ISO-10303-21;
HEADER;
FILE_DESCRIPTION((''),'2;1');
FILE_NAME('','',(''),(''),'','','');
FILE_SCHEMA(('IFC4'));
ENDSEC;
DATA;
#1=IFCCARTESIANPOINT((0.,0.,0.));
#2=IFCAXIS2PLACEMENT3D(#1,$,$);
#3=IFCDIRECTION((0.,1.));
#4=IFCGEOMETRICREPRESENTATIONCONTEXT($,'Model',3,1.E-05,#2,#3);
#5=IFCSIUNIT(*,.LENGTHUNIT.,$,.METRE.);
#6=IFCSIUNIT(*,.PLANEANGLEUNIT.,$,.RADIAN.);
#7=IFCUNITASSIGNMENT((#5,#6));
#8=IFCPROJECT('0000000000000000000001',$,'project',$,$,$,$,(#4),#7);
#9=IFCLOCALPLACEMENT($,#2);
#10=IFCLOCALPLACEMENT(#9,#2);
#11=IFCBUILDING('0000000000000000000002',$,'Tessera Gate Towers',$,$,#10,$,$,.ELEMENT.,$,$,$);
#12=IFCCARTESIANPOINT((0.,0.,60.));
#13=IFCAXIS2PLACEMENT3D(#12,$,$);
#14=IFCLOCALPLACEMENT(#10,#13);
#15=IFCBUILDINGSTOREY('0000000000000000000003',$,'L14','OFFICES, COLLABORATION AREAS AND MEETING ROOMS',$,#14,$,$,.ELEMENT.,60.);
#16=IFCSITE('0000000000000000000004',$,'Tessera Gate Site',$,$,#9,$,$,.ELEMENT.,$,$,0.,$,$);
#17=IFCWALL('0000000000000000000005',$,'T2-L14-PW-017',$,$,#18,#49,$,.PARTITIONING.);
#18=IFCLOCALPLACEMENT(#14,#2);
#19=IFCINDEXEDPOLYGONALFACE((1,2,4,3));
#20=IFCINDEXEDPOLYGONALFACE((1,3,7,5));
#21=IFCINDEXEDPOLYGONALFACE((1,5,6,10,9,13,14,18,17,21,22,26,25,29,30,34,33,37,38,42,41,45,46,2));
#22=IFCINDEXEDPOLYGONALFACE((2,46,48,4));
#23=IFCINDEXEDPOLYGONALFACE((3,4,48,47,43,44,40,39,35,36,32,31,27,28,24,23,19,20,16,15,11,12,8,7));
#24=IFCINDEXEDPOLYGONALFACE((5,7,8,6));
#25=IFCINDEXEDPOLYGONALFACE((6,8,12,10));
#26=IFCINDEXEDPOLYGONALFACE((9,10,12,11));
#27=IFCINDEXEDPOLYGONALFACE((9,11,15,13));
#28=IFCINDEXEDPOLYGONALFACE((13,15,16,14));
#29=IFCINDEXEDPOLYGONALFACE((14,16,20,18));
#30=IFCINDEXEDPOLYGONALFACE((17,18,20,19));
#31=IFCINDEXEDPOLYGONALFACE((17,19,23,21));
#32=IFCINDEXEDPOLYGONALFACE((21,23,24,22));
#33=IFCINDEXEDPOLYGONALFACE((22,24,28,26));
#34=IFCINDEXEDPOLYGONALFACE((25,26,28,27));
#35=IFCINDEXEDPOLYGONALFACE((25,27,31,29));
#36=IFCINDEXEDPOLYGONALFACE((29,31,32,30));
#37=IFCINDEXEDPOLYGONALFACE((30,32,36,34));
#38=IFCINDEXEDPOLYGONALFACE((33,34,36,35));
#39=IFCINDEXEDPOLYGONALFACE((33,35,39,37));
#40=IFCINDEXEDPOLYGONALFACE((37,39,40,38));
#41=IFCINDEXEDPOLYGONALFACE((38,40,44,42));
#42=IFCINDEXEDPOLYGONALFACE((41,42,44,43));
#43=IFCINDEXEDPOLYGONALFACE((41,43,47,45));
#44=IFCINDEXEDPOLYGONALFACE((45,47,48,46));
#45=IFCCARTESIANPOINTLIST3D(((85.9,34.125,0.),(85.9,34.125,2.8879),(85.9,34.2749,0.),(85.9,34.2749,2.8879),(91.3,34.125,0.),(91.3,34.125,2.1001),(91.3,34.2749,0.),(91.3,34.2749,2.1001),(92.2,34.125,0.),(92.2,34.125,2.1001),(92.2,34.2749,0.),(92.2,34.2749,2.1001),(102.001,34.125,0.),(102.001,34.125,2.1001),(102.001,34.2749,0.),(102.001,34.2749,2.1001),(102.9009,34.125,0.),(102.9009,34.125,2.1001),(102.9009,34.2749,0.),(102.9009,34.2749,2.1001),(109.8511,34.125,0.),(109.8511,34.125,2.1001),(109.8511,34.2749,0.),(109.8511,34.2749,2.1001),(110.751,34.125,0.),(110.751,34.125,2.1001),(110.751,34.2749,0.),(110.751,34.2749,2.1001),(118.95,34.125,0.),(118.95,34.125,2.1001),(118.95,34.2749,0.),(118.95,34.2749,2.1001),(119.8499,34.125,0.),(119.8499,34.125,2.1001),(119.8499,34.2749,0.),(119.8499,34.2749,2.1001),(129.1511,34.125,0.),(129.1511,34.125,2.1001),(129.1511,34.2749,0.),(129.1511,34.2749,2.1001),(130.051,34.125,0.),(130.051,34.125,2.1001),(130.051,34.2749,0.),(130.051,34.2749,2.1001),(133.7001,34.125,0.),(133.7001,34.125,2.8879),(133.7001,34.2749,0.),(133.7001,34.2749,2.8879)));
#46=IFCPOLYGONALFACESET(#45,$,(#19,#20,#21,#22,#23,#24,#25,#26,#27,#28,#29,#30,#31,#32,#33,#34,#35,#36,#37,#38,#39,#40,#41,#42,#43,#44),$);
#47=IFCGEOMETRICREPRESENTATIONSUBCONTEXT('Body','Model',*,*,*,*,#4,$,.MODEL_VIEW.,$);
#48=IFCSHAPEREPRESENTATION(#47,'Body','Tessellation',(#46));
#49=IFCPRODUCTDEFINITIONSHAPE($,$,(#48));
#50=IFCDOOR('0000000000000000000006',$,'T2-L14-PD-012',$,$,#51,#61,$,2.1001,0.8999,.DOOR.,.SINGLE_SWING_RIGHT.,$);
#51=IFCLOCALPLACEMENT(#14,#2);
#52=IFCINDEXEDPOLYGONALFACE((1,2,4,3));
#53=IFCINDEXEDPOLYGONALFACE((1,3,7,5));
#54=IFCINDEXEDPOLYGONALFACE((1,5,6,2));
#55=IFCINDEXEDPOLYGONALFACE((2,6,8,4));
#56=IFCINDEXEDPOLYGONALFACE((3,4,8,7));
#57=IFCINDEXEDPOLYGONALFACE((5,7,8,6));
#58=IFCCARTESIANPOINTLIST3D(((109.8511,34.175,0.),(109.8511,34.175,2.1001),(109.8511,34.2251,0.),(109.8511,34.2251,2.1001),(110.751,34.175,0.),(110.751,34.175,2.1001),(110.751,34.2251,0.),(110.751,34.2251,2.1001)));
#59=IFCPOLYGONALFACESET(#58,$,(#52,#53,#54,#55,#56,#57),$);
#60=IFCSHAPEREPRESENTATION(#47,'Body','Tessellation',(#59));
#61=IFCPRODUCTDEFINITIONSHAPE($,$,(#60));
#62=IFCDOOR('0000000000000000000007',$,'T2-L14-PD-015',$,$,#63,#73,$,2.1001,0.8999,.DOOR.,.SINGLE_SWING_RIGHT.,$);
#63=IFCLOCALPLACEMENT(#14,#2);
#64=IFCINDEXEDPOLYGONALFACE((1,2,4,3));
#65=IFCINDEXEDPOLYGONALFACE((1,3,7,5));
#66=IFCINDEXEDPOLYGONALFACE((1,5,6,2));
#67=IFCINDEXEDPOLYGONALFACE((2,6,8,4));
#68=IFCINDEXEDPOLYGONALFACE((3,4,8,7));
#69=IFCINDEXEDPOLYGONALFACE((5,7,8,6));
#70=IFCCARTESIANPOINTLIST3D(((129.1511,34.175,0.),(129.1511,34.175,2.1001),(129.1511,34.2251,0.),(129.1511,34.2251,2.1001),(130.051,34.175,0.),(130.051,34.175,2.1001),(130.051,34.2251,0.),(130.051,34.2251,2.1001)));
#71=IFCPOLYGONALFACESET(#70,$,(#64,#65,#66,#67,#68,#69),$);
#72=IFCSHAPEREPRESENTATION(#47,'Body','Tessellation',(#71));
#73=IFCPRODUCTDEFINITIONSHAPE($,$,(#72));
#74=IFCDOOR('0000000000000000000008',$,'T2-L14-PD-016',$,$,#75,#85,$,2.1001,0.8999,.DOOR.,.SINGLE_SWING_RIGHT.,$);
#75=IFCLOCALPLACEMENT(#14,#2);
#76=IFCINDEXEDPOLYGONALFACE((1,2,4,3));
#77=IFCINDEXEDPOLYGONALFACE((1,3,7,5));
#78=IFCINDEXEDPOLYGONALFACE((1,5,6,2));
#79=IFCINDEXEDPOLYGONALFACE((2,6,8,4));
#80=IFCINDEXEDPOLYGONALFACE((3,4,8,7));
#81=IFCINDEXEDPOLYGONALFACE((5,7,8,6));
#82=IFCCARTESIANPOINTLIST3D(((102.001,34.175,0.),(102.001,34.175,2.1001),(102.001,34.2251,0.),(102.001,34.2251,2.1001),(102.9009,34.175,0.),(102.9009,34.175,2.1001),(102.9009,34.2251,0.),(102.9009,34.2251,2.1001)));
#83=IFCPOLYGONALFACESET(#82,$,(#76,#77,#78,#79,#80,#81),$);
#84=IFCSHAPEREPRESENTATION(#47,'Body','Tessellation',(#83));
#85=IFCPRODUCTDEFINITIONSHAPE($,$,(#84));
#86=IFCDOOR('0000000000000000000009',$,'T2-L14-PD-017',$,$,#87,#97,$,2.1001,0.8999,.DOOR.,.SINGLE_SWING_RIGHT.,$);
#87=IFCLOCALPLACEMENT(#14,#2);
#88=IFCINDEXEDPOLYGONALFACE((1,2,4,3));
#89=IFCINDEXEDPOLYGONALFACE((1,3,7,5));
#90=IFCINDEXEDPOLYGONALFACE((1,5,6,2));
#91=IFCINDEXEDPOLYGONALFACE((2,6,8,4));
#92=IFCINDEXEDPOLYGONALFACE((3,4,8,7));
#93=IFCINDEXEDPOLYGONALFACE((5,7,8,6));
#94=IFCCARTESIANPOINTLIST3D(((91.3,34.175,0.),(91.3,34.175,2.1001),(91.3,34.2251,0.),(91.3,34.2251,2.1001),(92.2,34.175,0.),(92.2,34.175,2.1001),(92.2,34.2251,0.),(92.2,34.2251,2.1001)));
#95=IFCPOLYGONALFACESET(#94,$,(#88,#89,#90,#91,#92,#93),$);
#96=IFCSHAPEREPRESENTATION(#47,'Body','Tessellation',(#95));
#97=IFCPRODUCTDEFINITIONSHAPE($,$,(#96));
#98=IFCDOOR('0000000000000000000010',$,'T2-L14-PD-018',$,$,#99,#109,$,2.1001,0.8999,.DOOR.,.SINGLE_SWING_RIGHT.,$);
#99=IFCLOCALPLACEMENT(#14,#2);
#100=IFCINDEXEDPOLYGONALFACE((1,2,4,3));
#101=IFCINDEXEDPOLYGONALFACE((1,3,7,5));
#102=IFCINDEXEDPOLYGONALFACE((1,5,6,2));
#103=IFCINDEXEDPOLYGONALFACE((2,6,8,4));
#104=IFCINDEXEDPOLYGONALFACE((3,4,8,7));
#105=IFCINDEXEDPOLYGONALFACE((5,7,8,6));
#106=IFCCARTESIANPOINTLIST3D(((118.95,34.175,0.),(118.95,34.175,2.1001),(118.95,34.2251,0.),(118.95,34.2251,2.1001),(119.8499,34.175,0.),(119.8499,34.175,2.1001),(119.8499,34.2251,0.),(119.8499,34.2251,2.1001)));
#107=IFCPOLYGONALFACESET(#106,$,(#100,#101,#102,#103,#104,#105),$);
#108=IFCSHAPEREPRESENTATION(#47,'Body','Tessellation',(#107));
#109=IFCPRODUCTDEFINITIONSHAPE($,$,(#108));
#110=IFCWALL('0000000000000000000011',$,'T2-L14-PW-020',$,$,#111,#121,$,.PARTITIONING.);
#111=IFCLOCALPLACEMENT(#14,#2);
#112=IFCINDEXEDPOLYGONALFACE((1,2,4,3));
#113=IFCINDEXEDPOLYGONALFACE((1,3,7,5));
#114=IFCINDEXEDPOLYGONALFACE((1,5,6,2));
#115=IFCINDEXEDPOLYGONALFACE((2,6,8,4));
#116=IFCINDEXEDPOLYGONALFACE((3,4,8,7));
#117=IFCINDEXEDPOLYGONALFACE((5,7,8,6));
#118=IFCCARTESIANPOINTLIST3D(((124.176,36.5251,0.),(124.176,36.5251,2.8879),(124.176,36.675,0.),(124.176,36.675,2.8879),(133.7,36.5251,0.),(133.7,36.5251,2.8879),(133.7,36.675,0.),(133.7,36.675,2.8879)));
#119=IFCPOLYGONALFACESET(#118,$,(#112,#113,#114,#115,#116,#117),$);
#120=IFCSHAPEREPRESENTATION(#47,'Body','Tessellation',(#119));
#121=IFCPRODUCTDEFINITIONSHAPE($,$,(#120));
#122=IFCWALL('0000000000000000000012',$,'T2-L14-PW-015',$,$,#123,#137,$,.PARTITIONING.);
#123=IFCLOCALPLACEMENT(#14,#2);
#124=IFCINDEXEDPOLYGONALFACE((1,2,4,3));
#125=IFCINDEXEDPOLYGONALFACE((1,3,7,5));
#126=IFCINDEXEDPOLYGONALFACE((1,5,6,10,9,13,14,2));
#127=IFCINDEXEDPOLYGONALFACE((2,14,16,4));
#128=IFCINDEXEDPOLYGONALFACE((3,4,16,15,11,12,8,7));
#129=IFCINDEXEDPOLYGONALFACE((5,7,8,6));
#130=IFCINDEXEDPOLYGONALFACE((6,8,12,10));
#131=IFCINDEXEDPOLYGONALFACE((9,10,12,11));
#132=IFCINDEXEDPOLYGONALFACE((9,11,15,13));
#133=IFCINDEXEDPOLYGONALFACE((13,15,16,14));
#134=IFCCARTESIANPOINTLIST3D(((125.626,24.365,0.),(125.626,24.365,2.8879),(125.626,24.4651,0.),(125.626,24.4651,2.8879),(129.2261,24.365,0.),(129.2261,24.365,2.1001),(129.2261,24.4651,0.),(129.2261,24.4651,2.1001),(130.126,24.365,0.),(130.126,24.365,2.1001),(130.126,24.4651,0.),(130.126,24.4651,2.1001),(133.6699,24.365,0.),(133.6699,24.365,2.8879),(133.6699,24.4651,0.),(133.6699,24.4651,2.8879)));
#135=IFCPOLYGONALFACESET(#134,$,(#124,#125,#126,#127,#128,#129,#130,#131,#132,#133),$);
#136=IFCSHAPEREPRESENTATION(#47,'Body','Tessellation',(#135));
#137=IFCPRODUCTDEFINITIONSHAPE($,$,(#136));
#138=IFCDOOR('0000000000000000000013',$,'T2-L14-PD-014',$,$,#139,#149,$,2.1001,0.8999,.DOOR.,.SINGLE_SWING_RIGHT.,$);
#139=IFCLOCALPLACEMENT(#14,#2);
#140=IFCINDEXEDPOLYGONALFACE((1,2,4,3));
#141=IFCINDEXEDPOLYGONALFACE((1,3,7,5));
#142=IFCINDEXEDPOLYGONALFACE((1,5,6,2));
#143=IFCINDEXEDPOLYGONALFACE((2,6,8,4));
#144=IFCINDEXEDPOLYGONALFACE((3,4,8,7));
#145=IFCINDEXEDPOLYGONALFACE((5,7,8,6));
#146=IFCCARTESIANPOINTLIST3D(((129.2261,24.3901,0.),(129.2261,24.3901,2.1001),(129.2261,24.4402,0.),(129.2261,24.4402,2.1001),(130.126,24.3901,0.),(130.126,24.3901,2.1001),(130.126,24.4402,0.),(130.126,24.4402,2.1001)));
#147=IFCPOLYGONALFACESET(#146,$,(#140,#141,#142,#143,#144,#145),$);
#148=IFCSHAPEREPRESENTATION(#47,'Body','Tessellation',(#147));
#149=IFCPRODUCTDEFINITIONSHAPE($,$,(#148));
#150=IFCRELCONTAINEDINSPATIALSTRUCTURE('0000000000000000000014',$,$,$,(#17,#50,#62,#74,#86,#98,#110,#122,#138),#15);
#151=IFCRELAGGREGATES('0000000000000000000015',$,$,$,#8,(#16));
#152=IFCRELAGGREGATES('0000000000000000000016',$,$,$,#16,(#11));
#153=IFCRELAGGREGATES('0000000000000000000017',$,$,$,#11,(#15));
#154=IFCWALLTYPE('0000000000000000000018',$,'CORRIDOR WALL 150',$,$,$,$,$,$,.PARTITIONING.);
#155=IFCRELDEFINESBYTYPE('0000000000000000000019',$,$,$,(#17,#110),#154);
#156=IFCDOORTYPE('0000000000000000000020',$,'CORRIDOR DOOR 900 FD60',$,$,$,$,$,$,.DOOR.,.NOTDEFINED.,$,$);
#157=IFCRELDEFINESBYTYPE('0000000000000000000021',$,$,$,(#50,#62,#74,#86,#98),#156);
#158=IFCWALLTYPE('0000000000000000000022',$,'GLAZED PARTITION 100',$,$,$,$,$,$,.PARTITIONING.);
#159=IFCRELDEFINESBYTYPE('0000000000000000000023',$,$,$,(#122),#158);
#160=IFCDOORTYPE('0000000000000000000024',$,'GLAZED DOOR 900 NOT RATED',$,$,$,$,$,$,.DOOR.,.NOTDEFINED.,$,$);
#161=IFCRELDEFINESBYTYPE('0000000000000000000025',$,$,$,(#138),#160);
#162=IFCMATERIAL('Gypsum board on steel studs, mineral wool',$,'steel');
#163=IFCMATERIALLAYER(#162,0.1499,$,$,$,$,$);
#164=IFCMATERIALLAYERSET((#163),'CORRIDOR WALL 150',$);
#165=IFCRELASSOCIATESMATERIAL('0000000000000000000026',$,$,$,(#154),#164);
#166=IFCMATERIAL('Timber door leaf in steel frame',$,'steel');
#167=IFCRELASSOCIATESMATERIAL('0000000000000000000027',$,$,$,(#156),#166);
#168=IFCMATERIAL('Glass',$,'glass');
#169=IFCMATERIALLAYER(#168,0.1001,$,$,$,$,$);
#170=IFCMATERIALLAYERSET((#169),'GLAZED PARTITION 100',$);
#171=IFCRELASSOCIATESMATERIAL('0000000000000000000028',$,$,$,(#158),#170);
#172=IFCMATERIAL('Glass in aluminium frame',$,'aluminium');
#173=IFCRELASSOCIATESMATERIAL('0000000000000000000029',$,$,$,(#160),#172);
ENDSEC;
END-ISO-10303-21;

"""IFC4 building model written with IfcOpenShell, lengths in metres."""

from ifc_helpers import new_model, si_unit, direction, frame, frame_2d, origin, place, context, subcontext, project, spatial, rectangle, extrude, source, transform, mapped, material, layer, layer_set, type_object, element, fill, save


model = new_model("IFC4")

# Units and contexts
model_context = context("Model", 3, precision=1e-05, world=origin(), true_north=direction((0.0, 1.0)))
body_context = subcontext(model_context, "Body", "Model", "MODEL_VIEW")
ifc_project = project(units=[si_unit("LENGTHUNIT", "METRE"), si_unit("PLANEANGLEUNIT", "RADIAN")], contexts=[model_context])

# Site, building, storey
site_placement = place(None, origin())
site = spatial("IfcSite", under=ifc_project, at=site_placement, Name="Tessera Gate Site", CompositionType="ELEMENT", RefElevation=0.0)
building_placement = place(site_placement, origin())
building = spatial("IfcBuilding", under=site, at=building_placement, Name="Tessera Gate Towers", CompositionType="ELEMENT")
storey_placement = place(building_placement, frame((0.0, 0.0, 60.0)))
storey = spatial("IfcBuildingStorey", under=building, at=storey_placement, Name="L14", Description="OFFICES, COLLABORATION AREAS AND MEETING ROOMS", CompositionType="ELEMENT", Elevation=60.0)

# Wall, openings, doors
ifc_material_1 = material(Name="Gypsum board on steel studs, mineral wool", Category="steel")
ifc_layer_1 = layer(ifc_material_1, 0.1499)
ifc_layer_set_1 = layer_set([ifc_layer_1], Name="CORRIDOR WALL 150")
wall_type_1 = type_object("IfcWallType", Name="CORRIDOR WALL 150", PredefinedType="PARTITIONING", material=ifc_layer_set_1)
wall_1_placement = place(storey_placement, frame((133.7, 34.2, 0.0), z_axis=(0.0, 0.0, 1.0), x_axis=(-1.0, 0.0, 0.0)))
wall_1 = element("IfcWall", 1, at=wall_1_placement, inside=storey, type_object=wall_type_1, Name="T2-L14-PW-017", PredefinedType="PARTITIONING", context=body_context, shape_type="SweptSolid", body=[
    extrude(rectangle(XDim=47.8, YDim=0.1499, at=frame_2d((23.8999, 0.0))), origin(), (0.0, 0.0, 1.0), 2.8879),
])
shared_shape_1 = source(origin(), body_context, "Body", "SweptSolid", [
    extrude(rectangle(XDim=0.8999, YDim=2.1001, at=frame_2d((0.45, 1.05))), frame((0.0, 0.085, 0.0), z_axis=(0.0, -1.0, 0.0), x_axis=(1.0, 0.0, 0.0)), (0.0, 0.0, 1.0), 0.1699),
])
opening_1_placement = place(wall_1_placement, frame((22.949, 0.0, 0.0)))
opening_1 = element("IfcOpeningElement", 2, at=opening_1_placement, cuts=wall_1, PredefinedType="OPENING", context=body_context, shape_type="MappedRepresentation", body=[
    mapped(shared_shape_1, transform((0.0, 0.0, 0.0), scale=1.0)),
])
opening_2_placement = place(wall_1_placement, frame((3.6489, 0.0, 0.0)))
opening_2 = element("IfcOpeningElement", 3, at=opening_2_placement, cuts=wall_1, PredefinedType="OPENING", context=body_context, shape_type="MappedRepresentation", body=[
    mapped(shared_shape_1, transform((0.0, 0.0, 0.0), scale=1.0)),
])
opening_3_placement = place(wall_1_placement, frame((30.7991, 0.0, 0.0)))
opening_3 = element("IfcOpeningElement", 4, at=opening_3_placement, cuts=wall_1, PredefinedType="OPENING", context=body_context, shape_type="MappedRepresentation", body=[
    mapped(shared_shape_1, transform((0.0, 0.0, 0.0), scale=1.0)),
])
opening_4_placement = place(wall_1_placement, frame((41.5, 0.0, 0.0)))
opening_4 = element("IfcOpeningElement", 5, at=opening_4_placement, cuts=wall_1, PredefinedType="OPENING", context=body_context, shape_type="MappedRepresentation", body=[
    mapped(shared_shape_1, transform((0.0, 0.0, 0.0), scale=1.0)),
])
opening_5_placement = place(wall_1_placement, frame((13.8501, 0.0, 0.0)))
opening_5 = element("IfcOpeningElement", 6, at=opening_5_placement, cuts=wall_1, PredefinedType="OPENING", context=body_context, shape_type="MappedRepresentation", body=[
    mapped(shared_shape_1, transform((0.0, 0.0, 0.0), scale=1.0)),
])
ifc_material_2 = material(Name="Timber door leaf in steel frame", Category="steel")
door_type_1 = type_object("IfcDoorType", Name="CORRIDOR DOOR 900 FD60", OperationType="NOTDEFINED", PredefinedType="DOOR", material=ifc_material_2)
shared_shape_2 = source(origin(), body_context, "Body", "SweptSolid", [
    extrude(rectangle(XDim=0.8999, YDim=2.1001, at=frame_2d((0.45, 1.05))), frame((0.0, 0.0249, 0.0), z_axis=(0.0, -1.0, 0.0), x_axis=(1.0, 0.0, 0.0)), (0.0, 0.0, 1.0), 0.05),
])
door_1_placement = place(opening_1_placement, origin())
door_1 = element("IfcDoor", 7, at=door_1_placement, inside=storey, type_object=door_type_1, Name="T2-L14-PD-012", OperationType="SINGLE_SWING_RIGHT", OverallHeight=2.1001, OverallWidth=0.8999, PredefinedType="DOOR", context=body_context, shape_type="MappedRepresentation", body=[
    mapped(shared_shape_2, transform((0.0, 0.0, 0.0), scale=1.0)),
])
fill(opening_1, door_1)
door_2_placement = place(opening_2_placement, origin())
door_2 = element("IfcDoor", 8, at=door_2_placement, inside=storey, type_object=door_type_1, Name="T2-L14-PD-015", OperationType="SINGLE_SWING_RIGHT", OverallHeight=2.1001, OverallWidth=0.8999, PredefinedType="DOOR", context=body_context, shape_type="MappedRepresentation", body=[
    mapped(shared_shape_2, transform((0.0, 0.0, 0.0), scale=1.0)),
])
fill(opening_2, door_2)
door_3_placement = place(opening_3_placement, origin())
door_3 = element("IfcDoor", 9, at=door_3_placement, inside=storey, type_object=door_type_1, Name="T2-L14-PD-016", OperationType="SINGLE_SWING_RIGHT", OverallHeight=2.1001, OverallWidth=0.8999, PredefinedType="DOOR", context=body_context, shape_type="MappedRepresentation", body=[
    mapped(shared_shape_2, transform((0.0, 0.0, 0.0), scale=1.0)),
])
fill(opening_3, door_3)
door_4_placement = place(opening_4_placement, origin())
door_4 = element("IfcDoor", 10, at=door_4_placement, inside=storey, type_object=door_type_1, Name="T2-L14-PD-017", OperationType="SINGLE_SWING_RIGHT", OverallHeight=2.1001, OverallWidth=0.8999, PredefinedType="DOOR", context=body_context, shape_type="MappedRepresentation", body=[
    mapped(shared_shape_2, transform((0.0, 0.0, 0.0), scale=1.0)),
])
fill(opening_4, door_4)
door_5_placement = place(opening_5_placement, origin())
door_5 = element("IfcDoor", 11, at=door_5_placement, inside=storey, type_object=door_type_1, Name="T2-L14-PD-018", OperationType="SINGLE_SWING_RIGHT", OverallHeight=2.1001, OverallWidth=0.8999, PredefinedType="DOOR", context=body_context, shape_type="MappedRepresentation", body=[
    mapped(shared_shape_2, transform((0.0, 0.0, 0.0), scale=1.0)),
])
fill(opening_5, door_5)

# Wall
wall_2_placement = place(storey_placement, frame((124.176, 36.6001, 0.0), z_axis=(0.0, 0.0, 1.0), x_axis=(1.0, 0.0, 0.0)))
element("IfcWall", 12, at=wall_2_placement, inside=storey, type_object=wall_type_1, Name="T2-L14-PW-020", PredefinedType="PARTITIONING", context=body_context, shape_type="SweptSolid", body=[
    extrude(rectangle(XDim=9.5239, YDim=0.1499, at=frame_2d((4.762, 0.0))), origin(), (0.0, 0.0, 1.0), 2.8879),
])

# Wall, opening, door
ifc_material_3 = material(Name="Glass", Category="glass")
ifc_layer_2 = layer(ifc_material_3, 0.1001)
ifc_layer_set_2 = layer_set([ifc_layer_2], Name="GLAZED PARTITION 100")
wall_type_2 = type_object("IfcWallType", Name="GLAZED PARTITION 100", PredefinedType="PARTITIONING", material=ifc_layer_set_2)
wall_3_placement = place(storey_placement, frame((133.6699, 24.415, 0.0), z_axis=(0.0, 0.0, 1.0), x_axis=(-1.0, 0.0, 0.0)))
wall_3 = element("IfcWall", 13, at=wall_3_placement, inside=storey, type_object=wall_type_2, Name="T2-L14-PW-015", PredefinedType="PARTITIONING", context=body_context, shape_type="SweptSolid", body=[
    extrude(rectangle(XDim=8.0439, YDim=0.1001, at=frame_2d((4.022, 0.0))), origin(), (0.0, 0.0, 1.0), 2.8879),
])
shared_shape_3 = source(origin(), body_context, "Body", "SweptSolid", [
    extrude(rectangle(XDim=0.8999, YDim=2.1001, at=frame_2d((0.45, 1.05))), frame((0.0, 0.0601, 0.0), z_axis=(0.0, -1.0, 0.0), x_axis=(1.0, 0.0, 0.0)), (0.0, 0.0, 1.0), 0.1201),
])
opening_6_placement = place(wall_3_placement, frame((3.5439, 0.0, 0.0)))
opening_6 = element("IfcOpeningElement", 14, at=opening_6_placement, cuts=wall_3, PredefinedType="OPENING", context=body_context, shape_type="MappedRepresentation", body=[
    mapped(shared_shape_3, transform((0.0, 0.0, 0.0), scale=1.0)),
])
ifc_material_4 = material(Name="Glass in aluminium frame", Category="aluminium")
door_type_2 = type_object("IfcDoorType", Name="GLAZED DOOR 900 NOT RATED", OperationType="NOTDEFINED", PredefinedType="DOOR", material=ifc_material_4)
door_6_placement = place(opening_6_placement, origin())
door_6 = element("IfcDoor", 15, at=door_6_placement, inside=storey, type_object=door_type_2, Name="T2-L14-PD-014", OperationType="SINGLE_SWING_RIGHT", OverallHeight=2.1001, OverallWidth=0.8999, PredefinedType="DOOR", context=body_context, shape_type="MappedRepresentation", body=[
    mapped(shared_shape_2, transform((0.0, 0.0, 0.0), scale=1.0)),
])
fill(opening_6, door_6)

save(model, "model.ifc")
